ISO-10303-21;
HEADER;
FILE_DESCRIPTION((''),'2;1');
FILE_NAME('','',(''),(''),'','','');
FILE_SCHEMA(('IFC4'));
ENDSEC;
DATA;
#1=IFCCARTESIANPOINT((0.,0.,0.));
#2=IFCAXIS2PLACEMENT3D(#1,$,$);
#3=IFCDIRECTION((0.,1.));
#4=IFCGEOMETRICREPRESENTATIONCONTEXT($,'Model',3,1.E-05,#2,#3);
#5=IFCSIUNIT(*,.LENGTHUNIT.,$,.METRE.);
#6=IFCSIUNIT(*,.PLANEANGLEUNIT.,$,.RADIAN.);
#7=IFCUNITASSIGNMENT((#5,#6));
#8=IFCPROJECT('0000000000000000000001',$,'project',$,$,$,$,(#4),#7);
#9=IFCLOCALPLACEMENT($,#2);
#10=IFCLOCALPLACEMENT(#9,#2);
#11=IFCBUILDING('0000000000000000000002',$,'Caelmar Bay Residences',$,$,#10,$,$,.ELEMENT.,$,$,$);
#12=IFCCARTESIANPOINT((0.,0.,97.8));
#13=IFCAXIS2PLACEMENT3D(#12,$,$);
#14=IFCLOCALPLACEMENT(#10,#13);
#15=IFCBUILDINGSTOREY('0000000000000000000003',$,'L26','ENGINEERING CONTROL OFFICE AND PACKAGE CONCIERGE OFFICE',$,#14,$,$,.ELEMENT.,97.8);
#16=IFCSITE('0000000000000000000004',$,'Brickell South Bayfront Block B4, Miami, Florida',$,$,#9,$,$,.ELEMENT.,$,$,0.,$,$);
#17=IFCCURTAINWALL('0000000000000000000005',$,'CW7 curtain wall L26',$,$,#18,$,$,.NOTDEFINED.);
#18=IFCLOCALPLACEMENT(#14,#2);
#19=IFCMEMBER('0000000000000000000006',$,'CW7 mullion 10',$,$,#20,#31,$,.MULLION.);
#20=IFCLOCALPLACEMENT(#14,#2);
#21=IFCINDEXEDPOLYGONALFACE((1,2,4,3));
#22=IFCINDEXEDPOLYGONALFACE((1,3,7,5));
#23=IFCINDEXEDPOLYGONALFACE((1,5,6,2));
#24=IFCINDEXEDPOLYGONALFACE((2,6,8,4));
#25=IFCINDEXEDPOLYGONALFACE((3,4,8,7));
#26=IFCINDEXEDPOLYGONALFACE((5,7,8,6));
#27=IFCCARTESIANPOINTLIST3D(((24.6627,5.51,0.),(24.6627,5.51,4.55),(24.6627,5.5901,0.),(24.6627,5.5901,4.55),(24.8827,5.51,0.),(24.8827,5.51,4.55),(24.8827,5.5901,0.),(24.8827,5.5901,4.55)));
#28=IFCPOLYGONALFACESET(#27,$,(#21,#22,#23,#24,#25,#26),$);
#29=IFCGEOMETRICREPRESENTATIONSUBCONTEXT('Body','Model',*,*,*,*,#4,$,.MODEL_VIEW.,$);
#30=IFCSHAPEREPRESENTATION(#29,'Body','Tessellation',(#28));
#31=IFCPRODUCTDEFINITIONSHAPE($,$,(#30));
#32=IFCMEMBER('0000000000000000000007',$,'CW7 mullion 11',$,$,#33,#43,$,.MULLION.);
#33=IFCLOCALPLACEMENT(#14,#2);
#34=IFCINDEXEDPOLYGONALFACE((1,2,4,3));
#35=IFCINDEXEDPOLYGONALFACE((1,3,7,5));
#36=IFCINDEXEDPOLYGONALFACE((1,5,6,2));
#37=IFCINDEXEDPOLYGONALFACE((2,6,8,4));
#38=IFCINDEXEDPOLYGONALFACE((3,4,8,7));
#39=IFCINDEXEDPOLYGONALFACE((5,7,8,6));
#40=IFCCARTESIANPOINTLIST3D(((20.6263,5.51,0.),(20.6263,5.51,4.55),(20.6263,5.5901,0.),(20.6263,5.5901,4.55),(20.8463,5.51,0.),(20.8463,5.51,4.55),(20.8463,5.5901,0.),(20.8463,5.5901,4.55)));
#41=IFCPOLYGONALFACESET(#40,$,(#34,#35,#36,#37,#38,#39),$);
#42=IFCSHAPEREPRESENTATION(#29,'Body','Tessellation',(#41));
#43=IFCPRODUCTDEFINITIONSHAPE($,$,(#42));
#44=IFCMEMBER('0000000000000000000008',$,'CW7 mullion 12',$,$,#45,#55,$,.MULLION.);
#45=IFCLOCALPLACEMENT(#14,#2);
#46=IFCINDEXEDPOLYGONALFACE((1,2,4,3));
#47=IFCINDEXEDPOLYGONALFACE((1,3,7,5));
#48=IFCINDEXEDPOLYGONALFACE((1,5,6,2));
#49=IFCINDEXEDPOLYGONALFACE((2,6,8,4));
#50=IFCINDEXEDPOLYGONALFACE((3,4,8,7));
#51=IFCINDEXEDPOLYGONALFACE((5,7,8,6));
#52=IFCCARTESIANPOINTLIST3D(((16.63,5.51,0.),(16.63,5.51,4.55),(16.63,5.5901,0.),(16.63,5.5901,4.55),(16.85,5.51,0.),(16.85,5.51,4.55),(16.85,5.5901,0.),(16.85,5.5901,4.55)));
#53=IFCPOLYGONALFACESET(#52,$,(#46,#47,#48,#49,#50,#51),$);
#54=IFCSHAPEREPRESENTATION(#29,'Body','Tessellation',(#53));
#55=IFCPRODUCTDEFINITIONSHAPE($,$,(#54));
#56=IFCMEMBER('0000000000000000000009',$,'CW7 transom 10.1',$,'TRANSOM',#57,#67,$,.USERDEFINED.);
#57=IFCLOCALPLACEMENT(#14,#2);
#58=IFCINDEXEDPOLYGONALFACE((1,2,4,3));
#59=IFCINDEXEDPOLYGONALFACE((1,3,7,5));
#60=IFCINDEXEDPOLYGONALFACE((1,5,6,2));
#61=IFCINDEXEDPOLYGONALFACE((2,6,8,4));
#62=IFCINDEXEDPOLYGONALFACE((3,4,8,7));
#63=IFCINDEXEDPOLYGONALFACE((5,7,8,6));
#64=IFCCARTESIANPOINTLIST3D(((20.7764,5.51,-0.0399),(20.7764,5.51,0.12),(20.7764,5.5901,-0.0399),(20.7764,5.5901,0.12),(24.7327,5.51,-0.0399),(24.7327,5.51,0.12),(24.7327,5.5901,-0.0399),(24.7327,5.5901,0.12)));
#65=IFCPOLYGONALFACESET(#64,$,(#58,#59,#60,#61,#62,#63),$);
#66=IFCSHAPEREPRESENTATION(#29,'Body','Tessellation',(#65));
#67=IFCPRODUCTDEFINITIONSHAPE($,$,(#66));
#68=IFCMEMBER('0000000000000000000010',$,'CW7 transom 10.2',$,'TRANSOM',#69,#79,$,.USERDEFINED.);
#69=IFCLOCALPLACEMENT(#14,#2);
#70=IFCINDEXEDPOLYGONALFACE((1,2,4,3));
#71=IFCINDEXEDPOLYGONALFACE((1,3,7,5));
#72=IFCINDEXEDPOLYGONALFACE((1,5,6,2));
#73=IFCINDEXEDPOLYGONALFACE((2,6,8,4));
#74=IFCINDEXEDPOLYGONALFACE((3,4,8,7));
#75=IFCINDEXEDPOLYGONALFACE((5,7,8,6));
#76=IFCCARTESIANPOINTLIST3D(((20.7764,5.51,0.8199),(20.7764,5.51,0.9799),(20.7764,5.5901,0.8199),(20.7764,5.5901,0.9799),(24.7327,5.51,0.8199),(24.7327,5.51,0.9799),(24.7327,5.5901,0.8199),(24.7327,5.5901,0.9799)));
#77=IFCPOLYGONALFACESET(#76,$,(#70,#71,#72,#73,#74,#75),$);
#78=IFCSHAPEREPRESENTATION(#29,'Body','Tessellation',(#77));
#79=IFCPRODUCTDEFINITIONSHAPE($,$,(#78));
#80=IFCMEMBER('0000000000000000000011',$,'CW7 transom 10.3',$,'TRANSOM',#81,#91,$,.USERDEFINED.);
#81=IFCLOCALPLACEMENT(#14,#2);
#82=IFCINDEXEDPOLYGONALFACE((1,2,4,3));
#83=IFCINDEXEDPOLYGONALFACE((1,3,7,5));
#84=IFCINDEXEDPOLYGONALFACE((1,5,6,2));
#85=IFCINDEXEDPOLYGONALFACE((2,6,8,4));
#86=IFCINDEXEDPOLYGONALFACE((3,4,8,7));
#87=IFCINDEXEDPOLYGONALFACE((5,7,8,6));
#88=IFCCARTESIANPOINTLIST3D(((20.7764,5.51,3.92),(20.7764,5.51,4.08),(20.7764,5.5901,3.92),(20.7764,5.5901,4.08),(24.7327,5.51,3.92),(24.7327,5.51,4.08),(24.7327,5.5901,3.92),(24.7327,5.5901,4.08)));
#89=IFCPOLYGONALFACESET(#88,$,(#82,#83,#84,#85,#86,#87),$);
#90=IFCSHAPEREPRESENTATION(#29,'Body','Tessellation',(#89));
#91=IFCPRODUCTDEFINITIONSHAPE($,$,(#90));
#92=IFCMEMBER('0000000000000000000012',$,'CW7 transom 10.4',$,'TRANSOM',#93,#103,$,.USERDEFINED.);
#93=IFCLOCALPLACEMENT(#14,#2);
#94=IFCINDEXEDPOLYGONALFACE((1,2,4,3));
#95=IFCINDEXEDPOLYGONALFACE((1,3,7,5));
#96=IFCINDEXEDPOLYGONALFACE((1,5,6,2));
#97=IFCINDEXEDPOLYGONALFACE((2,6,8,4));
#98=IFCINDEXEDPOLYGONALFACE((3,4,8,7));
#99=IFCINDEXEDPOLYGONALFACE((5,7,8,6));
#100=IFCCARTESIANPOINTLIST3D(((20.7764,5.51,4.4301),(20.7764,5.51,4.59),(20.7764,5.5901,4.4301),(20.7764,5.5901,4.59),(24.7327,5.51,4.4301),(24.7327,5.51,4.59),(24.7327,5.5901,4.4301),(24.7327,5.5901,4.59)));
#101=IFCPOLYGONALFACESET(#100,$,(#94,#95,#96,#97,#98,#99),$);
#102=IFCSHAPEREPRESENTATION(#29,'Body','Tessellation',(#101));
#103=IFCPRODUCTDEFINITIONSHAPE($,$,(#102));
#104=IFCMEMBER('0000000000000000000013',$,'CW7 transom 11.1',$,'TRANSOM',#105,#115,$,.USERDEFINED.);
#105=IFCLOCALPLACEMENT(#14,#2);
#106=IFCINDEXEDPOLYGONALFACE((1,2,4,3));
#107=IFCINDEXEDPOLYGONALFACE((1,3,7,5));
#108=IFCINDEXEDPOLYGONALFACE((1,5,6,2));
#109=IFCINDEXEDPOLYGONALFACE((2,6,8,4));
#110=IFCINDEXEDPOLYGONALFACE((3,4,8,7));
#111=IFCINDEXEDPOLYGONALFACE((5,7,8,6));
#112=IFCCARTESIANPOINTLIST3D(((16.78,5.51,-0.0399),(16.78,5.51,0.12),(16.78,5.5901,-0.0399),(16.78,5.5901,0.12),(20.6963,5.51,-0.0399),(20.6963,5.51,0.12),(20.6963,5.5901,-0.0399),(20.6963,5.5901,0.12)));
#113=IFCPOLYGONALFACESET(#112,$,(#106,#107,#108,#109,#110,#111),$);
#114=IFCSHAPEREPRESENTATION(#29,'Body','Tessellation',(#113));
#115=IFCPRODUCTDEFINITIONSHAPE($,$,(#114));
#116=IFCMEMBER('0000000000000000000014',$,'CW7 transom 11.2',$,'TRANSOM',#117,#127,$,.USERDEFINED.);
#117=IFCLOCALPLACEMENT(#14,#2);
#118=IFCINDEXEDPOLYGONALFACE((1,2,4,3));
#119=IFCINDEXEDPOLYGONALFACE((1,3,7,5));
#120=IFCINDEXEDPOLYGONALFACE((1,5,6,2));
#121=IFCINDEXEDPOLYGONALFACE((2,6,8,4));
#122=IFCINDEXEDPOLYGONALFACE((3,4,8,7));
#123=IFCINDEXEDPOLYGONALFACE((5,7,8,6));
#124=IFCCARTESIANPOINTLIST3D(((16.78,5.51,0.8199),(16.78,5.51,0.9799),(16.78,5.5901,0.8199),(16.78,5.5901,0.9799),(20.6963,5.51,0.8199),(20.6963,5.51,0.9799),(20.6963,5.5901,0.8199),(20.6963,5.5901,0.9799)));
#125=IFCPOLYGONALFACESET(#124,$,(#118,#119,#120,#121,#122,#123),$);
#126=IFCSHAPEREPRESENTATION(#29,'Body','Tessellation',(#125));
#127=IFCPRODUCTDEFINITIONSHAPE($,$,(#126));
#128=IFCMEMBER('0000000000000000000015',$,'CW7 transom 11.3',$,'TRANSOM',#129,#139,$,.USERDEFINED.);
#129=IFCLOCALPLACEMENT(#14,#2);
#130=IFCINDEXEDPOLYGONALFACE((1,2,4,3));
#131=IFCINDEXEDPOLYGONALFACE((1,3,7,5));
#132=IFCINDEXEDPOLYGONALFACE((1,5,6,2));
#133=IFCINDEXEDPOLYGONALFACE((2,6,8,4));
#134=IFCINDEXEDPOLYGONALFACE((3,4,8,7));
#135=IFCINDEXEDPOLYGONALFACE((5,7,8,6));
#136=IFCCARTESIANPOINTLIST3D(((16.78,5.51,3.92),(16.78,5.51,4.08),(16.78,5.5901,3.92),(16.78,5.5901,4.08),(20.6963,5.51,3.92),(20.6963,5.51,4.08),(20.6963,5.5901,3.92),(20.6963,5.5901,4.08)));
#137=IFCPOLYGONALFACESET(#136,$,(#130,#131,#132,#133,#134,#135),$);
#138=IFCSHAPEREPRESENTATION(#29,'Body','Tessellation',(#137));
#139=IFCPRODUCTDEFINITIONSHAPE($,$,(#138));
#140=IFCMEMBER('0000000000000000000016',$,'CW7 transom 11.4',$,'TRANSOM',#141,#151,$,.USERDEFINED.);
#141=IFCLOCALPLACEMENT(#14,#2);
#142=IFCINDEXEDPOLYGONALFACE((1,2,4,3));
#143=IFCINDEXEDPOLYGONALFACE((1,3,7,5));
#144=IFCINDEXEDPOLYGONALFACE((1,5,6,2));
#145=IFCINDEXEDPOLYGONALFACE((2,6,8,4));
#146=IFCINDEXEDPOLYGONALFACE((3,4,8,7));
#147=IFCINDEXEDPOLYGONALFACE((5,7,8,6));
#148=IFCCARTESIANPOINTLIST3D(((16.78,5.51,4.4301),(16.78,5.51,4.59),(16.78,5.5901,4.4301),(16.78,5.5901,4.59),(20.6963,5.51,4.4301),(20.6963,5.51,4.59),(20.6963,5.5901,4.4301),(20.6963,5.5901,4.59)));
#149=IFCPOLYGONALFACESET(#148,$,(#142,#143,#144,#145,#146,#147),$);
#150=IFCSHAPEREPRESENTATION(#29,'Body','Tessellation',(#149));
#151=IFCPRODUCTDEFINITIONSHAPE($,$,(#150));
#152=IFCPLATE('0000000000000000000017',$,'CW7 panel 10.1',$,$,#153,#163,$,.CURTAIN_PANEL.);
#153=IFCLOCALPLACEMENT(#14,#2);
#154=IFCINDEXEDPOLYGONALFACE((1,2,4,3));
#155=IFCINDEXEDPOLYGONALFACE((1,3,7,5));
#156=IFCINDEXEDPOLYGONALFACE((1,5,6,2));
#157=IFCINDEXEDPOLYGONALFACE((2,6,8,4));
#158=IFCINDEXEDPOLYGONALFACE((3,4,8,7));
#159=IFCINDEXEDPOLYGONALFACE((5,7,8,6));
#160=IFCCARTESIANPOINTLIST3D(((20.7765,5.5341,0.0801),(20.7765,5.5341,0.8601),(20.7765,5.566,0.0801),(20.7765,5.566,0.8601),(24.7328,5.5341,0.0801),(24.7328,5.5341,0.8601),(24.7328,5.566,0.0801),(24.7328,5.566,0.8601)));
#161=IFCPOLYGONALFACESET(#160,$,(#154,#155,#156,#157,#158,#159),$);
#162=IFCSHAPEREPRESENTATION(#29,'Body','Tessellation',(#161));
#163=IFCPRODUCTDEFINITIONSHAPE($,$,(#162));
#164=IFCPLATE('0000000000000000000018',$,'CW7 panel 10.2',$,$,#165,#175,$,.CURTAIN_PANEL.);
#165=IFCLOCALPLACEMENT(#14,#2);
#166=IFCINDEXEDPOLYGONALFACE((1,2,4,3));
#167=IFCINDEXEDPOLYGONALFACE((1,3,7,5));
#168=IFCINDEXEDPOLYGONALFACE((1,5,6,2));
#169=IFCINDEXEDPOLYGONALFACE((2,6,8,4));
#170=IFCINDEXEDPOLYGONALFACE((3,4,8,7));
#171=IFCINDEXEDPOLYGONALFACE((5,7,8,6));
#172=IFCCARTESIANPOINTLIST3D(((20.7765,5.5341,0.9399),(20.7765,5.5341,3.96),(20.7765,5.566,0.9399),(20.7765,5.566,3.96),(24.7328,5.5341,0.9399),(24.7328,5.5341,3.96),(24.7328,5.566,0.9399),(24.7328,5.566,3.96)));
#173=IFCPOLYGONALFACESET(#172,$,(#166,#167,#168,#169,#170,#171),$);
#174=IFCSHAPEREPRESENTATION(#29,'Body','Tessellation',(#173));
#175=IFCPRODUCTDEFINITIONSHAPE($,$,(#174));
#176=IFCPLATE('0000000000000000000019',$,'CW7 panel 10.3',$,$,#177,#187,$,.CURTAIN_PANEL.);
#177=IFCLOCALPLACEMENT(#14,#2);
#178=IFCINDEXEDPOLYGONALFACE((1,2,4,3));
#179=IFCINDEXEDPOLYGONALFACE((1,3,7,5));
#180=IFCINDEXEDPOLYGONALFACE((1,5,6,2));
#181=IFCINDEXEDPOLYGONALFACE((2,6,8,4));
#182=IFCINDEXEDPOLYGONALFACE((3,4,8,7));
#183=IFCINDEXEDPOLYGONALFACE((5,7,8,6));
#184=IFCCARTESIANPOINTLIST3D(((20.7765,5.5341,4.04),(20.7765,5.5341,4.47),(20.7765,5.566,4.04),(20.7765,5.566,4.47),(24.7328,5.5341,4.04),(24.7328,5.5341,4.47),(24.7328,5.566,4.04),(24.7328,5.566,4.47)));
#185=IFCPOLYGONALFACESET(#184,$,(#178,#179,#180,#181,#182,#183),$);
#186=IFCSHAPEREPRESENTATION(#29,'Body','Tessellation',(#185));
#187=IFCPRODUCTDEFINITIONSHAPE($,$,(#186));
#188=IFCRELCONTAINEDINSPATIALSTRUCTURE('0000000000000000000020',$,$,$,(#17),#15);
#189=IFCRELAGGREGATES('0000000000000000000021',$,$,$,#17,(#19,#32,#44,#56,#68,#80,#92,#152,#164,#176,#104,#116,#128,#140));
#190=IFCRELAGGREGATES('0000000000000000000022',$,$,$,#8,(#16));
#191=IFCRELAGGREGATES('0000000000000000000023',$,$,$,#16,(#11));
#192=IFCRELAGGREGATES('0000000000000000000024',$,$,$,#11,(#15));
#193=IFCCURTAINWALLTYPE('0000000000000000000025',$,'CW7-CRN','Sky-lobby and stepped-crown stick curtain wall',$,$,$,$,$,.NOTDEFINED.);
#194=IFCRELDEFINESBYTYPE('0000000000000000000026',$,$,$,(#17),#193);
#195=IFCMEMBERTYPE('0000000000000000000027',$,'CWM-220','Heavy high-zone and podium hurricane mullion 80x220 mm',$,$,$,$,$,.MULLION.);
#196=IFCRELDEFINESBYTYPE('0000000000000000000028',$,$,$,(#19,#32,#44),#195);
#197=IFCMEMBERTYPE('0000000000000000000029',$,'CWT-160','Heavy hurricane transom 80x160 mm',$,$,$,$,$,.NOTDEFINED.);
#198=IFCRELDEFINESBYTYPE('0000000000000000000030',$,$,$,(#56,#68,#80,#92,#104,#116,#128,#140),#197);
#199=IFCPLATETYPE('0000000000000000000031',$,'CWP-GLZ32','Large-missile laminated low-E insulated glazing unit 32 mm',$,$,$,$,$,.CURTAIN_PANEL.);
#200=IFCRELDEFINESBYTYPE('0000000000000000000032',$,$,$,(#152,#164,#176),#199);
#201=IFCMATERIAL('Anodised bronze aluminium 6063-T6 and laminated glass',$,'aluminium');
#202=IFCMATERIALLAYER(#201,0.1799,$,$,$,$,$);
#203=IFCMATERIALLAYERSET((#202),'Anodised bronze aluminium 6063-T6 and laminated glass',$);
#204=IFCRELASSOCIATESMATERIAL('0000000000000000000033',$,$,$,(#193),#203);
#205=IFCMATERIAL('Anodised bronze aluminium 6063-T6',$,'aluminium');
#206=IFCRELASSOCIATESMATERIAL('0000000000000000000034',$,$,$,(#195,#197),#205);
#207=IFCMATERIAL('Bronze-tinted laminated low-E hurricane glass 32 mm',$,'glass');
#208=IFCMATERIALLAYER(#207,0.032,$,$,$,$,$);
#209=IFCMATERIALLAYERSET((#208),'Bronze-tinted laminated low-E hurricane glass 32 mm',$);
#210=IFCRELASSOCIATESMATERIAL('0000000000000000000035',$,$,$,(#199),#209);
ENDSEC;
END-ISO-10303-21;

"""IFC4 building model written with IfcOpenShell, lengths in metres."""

from ifc_helpers import new_model, si_unit, direction, frame, origin, origin_2d, place, context, subcontext, project, spatial, rectangle, extrude, material, layer, layer_set, material_profile, profile_set, type_object, element, aggregate, save


model = new_model("IFC4")

# Units and contexts
model_context = context("Model", 3, precision=1e-05, world=origin(), true_north=direction((0.0, 1.0)))
body_context = subcontext(model_context, "Body", "Model", "MODEL_VIEW")
ifc_project = project(units=[si_unit("LENGTHUNIT", "METRE"), si_unit("PLANEANGLEUNIT", "RADIAN")], contexts=[model_context])

# Site, building, storey
site_placement = place(None, origin())
site = spatial("IfcSite", under=ifc_project, at=site_placement, Name="Brickell South Bayfront Block B4, Miami, Florida", CompositionType="ELEMENT", RefElevation=0.0)
building_placement = place(site_placement, origin())
building = spatial("IfcBuilding", under=site, at=building_placement, Name="Caelmar Bay Residences", CompositionType="ELEMENT")
storey_placement = place(building_placement, frame((0.0, 0.0, 97.8)))
storey = spatial("IfcBuildingStorey", under=building, at=storey_placement, Name="L26", Description="ENGINEERING CONTROL OFFICE AND PACKAGE CONCIERGE OFFICE", CompositionType="ELEMENT", Elevation=97.8)

# Curtain wall, members, plates
ifc_material_1 = material(Name="Anodised bronze aluminium 6063-T6 and laminated glass", Category="aluminium")
ifc_layer_1 = layer(ifc_material_1, 0.1799)
ifc_layer_set_1 = layer_set([ifc_layer_1], Name="Anodised bronze aluminium 6063-T6 and laminated glass")
curtain_wall_type = type_object("IfcCurtainWallType", Name="CW7-CRN", Description="Sky-lobby and stepped-crown stick curtain wall", PredefinedType="NOTDEFINED", material=ifc_layer_set_1)
curtain_wall_placement = place(storey_placement, origin())
curtain_wall = element("IfcCurtainWall", 1, at=curtain_wall_placement, inside=storey, type_object=curtain_wall_type, Name="CW7 curtain wall L26", PredefinedType="NOTDEFINED")
ifc_material_2 = material(Name="Anodised bronze aluminium 6063-T6", Category="aluminium")
ifc_material_profile_1 = material_profile(ifc_material_2, rectangle(XDim=0.0801, YDim=0.22, at=origin_2d()), Name="CWM-80X220")
ifc_profile_set_1 = profile_set([ifc_material_profile_1], Name="Anodised bronze aluminium 6063-T6")
member_type_1 = type_object("IfcMemberType", Name="CWM-220", Description="Heavy high-zone and podium hurricane mullion 80x220 mm", PredefinedType="MULLION", material=ifc_profile_set_1)
member_1_placement = place(storey_placement, frame((24.7727, 5.55, 0.0), z_axis=(0.0, 0.0, 1.0), x_axis=(0.0, -1.0, 0.0)))
member_1 = element("IfcMember", 2, at=member_1_placement, type_object=member_type_1, Name="CW7 mullion 10", PredefinedType="MULLION", context=body_context, shape_type="SweptSolid", body=[
    extrude(rectangle(XDim=0.0801, YDim=0.22, at=origin_2d()), origin(), (0.0, 0.0, 1.0), 4.55),
])
member_2_placement = place(storey_placement, frame((20.7363, 5.55, 0.0), z_axis=(0.0, 0.0, 1.0), x_axis=(0.0, -1.0, 0.0)))
member_2 = element("IfcMember", 3, at=member_2_placement, type_object=member_type_1, Name="CW7 mullion 11", PredefinedType="MULLION", context=body_context, shape_type="SweptSolid", body=[
    extrude(rectangle(XDim=0.0801, YDim=0.22, at=origin_2d()), origin(), (0.0, 0.0, 1.0), 4.55),
])
member_3_placement = place(storey_placement, frame((16.74, 5.55, 0.0), z_axis=(0.0, 0.0, 1.0), x_axis=(0.0, -1.0, 0.0)))
member_3 = element("IfcMember", 4, at=member_3_placement, type_object=member_type_1, Name="CW7 mullion 12", PredefinedType="MULLION", context=body_context, shape_type="SweptSolid", body=[
    extrude(rectangle(XDim=0.0801, YDim=0.22, at=origin_2d()), origin(), (0.0, 0.0, 1.0), 4.55),
])
ifc_material_profile_2 = material_profile(ifc_material_2, rectangle(XDim=0.0801, YDim=0.1599, at=origin_2d()), Name="CWT-80X160")
ifc_profile_set_2 = profile_set([ifc_material_profile_2], Name="Anodised bronze aluminium 6063-T6")
member_type_2 = type_object("IfcMemberType", Name="CWT-160", Description="Heavy hurricane transom 80x160 mm", PredefinedType="NOTDEFINED", material=ifc_profile_set_2)
member_4_placement = place(storey_placement, frame((24.7327, 5.55, 0.04), z_axis=(-1.0, 0.0, 0.0), x_axis=(0.0, -1.0, 0.0)))
member_4 = element("IfcMember", 5, at=member_4_placement, type_object=member_type_2, Name="CW7 transom 10.1", ObjectType="TRANSOM", PredefinedType="USERDEFINED", context=body_context, shape_type="SweptSolid", body=[
    extrude(rectangle(XDim=0.0801, YDim=0.1599, at=origin_2d()), origin(), (0.0, 0.0, 1.0), 3.9563),
])
member_5_placement = place(storey_placement, frame((24.7327, 5.55, 0.8999), z_axis=(-1.0, 0.0, 0.0), x_axis=(0.0, -1.0, 0.0)))
member_5 = element("IfcMember", 6, at=member_5_placement, type_object=member_type_2, Name="CW7 transom 10.2", ObjectType="TRANSOM", PredefinedType="USERDEFINED", context=body_context, shape_type="SweptSolid", body=[
    extrude(rectangle(XDim=0.0801, YDim=0.1599, at=origin_2d()), origin(), (0.0, 0.0, 1.0), 3.9563),
])
member_6_placement = place(storey_placement, frame((24.7327, 5.55, 4.0), z_axis=(-1.0, 0.0, 0.0), x_axis=(0.0, -1.0, 0.0)))
member_6 = element("IfcMember", 7, at=member_6_placement, type_object=member_type_2, Name="CW7 transom 10.3", ObjectType="TRANSOM", PredefinedType="USERDEFINED", context=body_context, shape_type="SweptSolid", body=[
    extrude(rectangle(XDim=0.0801, YDim=0.1599, at=origin_2d()), origin(), (0.0, 0.0, 1.0), 3.9563),
])
member_7_placement = place(storey_placement, frame((24.7327, 5.55, 4.51), z_axis=(-1.0, 0.0, 0.0), x_axis=(0.0, -1.0, 0.0)))
member_7 = element("IfcMember", 8, at=member_7_placement, type_object=member_type_2, Name="CW7 transom 10.4", ObjectType="TRANSOM", PredefinedType="USERDEFINED", context=body_context, shape_type="SweptSolid", body=[
    extrude(rectangle(XDim=0.0801, YDim=0.1599, at=origin_2d()), origin(), (0.0, 0.0, 1.0), 3.9563),
])
member_8_placement = place(storey_placement, frame((20.6963, 5.55, 0.04), z_axis=(-1.0, 0.0, 0.0), x_axis=(0.0, -1.0, 0.0)))
member_8 = element("IfcMember", 9, at=member_8_placement, type_object=member_type_2, Name="CW7 transom 11.1", ObjectType="TRANSOM", PredefinedType="USERDEFINED", context=body_context, shape_type="SweptSolid", body=[
    extrude(rectangle(XDim=0.0801, YDim=0.1599, at=origin_2d()), origin(), (0.0, 0.0, 1.0), 3.9163),
])
member_9_placement = place(storey_placement, frame((20.6963, 5.55, 0.8999), z_axis=(-1.0, 0.0, 0.0), x_axis=(0.0, -1.0, 0.0)))
member_9 = element("IfcMember", 10, at=member_9_placement, type_object=member_type_2, Name="CW7 transom 11.2", ObjectType="TRANSOM", PredefinedType="USERDEFINED", context=body_context, shape_type="SweptSolid", body=[
    extrude(rectangle(XDim=0.0801, YDim=0.1599, at=origin_2d()), origin(), (0.0, 0.0, 1.0), 3.9163),
])
member_10_placement = place(storey_placement, frame((20.6963, 5.55, 4.0), z_axis=(-1.0, 0.0, 0.0), x_axis=(0.0, -1.0, 0.0)))
member_10 = element("IfcMember", 11, at=member_10_placement, type_object=member_type_2, Name="CW7 transom 11.3", ObjectType="TRANSOM", PredefinedType="USERDEFINED", context=body_context, shape_type="SweptSolid", body=[
    extrude(rectangle(XDim=0.0801, YDim=0.1599, at=origin_2d()), origin(), (0.0, 0.0, 1.0), 3.9163),
])
member_11_placement = place(storey_placement, frame((20.6963, 5.55, 4.51), z_axis=(-1.0, 0.0, 0.0), x_axis=(0.0, -1.0, 0.0)))
member_11 = element("IfcMember", 12, at=member_11_placement, type_object=member_type_2, Name="CW7 transom 11.4", ObjectType="TRANSOM", PredefinedType="USERDEFINED", context=body_context, shape_type="SweptSolid", body=[
    extrude(rectangle(XDim=0.0801, YDim=0.1599, at=origin_2d()), origin(), (0.0, 0.0, 1.0), 3.9163),
])
ifc_material_3 = material(Name="Bronze-tinted laminated low-E hurricane glass 32 mm", Category="glass")
ifc_layer_2 = layer(ifc_material_3, 0.032)
ifc_layer_set_2 = layer_set([ifc_layer_2], Name="Bronze-tinted laminated low-E hurricane glass 32 mm")
plate_type = type_object("IfcPlateType", Name="CWP-GLZ32", Description="Large-missile laminated low-E insulated glazing unit 32 mm", PredefinedType="CURTAIN_PANEL", material=ifc_layer_set_2)
plate_1_placement = place(storey_placement, frame((22.7546, 5.55, 0.0801), z_axis=(0.0, 0.0, 1.0), x_axis=(-1.0, 0.0, 0.0)))
plate_1 = element("IfcPlate", 13, at=plate_1_placement, type_object=plate_type, Name="CW7 panel 10.1", PredefinedType="CURTAIN_PANEL", context=body_context, shape_type="SweptSolid", body=[
    extrude(rectangle(XDim=3.9563, YDim=0.032, at=origin_2d()), origin(), (0.0, 0.0, 1.0), 0.78),
])
plate_2_placement = place(storey_placement, frame((22.7546, 5.55, 0.9399), z_axis=(0.0, 0.0, 1.0), x_axis=(-1.0, 0.0, 0.0)))
plate_2 = element("IfcPlate", 14, at=plate_2_placement, type_object=plate_type, Name="CW7 panel 10.2", PredefinedType="CURTAIN_PANEL", context=body_context, shape_type="SweptSolid", body=[
    extrude(rectangle(XDim=3.9563, YDim=0.032, at=origin_2d()), origin(), (0.0, 0.0, 1.0), 3.02),
])
plate_3_placement = place(storey_placement, frame((22.7546, 5.55, 4.04), z_axis=(0.0, 0.0, 1.0), x_axis=(-1.0, 0.0, 0.0)))
plate_3 = element("IfcPlate", 15, at=plate_3_placement, type_object=plate_type, Name="CW7 panel 10.3", PredefinedType="CURTAIN_PANEL", context=body_context, shape_type="SweptSolid", body=[
    extrude(rectangle(XDim=3.9563, YDim=0.032, at=origin_2d()), origin(), (0.0, 0.0, 1.0), 0.4299),
])
aggregate(curtain_wall, [member_1, member_2, member_3, member_4, member_5, member_6, member_7, plate_1, plate_2, plate_3, member_8, member_9, member_10, member_11])

save(model, "model.ifc")
